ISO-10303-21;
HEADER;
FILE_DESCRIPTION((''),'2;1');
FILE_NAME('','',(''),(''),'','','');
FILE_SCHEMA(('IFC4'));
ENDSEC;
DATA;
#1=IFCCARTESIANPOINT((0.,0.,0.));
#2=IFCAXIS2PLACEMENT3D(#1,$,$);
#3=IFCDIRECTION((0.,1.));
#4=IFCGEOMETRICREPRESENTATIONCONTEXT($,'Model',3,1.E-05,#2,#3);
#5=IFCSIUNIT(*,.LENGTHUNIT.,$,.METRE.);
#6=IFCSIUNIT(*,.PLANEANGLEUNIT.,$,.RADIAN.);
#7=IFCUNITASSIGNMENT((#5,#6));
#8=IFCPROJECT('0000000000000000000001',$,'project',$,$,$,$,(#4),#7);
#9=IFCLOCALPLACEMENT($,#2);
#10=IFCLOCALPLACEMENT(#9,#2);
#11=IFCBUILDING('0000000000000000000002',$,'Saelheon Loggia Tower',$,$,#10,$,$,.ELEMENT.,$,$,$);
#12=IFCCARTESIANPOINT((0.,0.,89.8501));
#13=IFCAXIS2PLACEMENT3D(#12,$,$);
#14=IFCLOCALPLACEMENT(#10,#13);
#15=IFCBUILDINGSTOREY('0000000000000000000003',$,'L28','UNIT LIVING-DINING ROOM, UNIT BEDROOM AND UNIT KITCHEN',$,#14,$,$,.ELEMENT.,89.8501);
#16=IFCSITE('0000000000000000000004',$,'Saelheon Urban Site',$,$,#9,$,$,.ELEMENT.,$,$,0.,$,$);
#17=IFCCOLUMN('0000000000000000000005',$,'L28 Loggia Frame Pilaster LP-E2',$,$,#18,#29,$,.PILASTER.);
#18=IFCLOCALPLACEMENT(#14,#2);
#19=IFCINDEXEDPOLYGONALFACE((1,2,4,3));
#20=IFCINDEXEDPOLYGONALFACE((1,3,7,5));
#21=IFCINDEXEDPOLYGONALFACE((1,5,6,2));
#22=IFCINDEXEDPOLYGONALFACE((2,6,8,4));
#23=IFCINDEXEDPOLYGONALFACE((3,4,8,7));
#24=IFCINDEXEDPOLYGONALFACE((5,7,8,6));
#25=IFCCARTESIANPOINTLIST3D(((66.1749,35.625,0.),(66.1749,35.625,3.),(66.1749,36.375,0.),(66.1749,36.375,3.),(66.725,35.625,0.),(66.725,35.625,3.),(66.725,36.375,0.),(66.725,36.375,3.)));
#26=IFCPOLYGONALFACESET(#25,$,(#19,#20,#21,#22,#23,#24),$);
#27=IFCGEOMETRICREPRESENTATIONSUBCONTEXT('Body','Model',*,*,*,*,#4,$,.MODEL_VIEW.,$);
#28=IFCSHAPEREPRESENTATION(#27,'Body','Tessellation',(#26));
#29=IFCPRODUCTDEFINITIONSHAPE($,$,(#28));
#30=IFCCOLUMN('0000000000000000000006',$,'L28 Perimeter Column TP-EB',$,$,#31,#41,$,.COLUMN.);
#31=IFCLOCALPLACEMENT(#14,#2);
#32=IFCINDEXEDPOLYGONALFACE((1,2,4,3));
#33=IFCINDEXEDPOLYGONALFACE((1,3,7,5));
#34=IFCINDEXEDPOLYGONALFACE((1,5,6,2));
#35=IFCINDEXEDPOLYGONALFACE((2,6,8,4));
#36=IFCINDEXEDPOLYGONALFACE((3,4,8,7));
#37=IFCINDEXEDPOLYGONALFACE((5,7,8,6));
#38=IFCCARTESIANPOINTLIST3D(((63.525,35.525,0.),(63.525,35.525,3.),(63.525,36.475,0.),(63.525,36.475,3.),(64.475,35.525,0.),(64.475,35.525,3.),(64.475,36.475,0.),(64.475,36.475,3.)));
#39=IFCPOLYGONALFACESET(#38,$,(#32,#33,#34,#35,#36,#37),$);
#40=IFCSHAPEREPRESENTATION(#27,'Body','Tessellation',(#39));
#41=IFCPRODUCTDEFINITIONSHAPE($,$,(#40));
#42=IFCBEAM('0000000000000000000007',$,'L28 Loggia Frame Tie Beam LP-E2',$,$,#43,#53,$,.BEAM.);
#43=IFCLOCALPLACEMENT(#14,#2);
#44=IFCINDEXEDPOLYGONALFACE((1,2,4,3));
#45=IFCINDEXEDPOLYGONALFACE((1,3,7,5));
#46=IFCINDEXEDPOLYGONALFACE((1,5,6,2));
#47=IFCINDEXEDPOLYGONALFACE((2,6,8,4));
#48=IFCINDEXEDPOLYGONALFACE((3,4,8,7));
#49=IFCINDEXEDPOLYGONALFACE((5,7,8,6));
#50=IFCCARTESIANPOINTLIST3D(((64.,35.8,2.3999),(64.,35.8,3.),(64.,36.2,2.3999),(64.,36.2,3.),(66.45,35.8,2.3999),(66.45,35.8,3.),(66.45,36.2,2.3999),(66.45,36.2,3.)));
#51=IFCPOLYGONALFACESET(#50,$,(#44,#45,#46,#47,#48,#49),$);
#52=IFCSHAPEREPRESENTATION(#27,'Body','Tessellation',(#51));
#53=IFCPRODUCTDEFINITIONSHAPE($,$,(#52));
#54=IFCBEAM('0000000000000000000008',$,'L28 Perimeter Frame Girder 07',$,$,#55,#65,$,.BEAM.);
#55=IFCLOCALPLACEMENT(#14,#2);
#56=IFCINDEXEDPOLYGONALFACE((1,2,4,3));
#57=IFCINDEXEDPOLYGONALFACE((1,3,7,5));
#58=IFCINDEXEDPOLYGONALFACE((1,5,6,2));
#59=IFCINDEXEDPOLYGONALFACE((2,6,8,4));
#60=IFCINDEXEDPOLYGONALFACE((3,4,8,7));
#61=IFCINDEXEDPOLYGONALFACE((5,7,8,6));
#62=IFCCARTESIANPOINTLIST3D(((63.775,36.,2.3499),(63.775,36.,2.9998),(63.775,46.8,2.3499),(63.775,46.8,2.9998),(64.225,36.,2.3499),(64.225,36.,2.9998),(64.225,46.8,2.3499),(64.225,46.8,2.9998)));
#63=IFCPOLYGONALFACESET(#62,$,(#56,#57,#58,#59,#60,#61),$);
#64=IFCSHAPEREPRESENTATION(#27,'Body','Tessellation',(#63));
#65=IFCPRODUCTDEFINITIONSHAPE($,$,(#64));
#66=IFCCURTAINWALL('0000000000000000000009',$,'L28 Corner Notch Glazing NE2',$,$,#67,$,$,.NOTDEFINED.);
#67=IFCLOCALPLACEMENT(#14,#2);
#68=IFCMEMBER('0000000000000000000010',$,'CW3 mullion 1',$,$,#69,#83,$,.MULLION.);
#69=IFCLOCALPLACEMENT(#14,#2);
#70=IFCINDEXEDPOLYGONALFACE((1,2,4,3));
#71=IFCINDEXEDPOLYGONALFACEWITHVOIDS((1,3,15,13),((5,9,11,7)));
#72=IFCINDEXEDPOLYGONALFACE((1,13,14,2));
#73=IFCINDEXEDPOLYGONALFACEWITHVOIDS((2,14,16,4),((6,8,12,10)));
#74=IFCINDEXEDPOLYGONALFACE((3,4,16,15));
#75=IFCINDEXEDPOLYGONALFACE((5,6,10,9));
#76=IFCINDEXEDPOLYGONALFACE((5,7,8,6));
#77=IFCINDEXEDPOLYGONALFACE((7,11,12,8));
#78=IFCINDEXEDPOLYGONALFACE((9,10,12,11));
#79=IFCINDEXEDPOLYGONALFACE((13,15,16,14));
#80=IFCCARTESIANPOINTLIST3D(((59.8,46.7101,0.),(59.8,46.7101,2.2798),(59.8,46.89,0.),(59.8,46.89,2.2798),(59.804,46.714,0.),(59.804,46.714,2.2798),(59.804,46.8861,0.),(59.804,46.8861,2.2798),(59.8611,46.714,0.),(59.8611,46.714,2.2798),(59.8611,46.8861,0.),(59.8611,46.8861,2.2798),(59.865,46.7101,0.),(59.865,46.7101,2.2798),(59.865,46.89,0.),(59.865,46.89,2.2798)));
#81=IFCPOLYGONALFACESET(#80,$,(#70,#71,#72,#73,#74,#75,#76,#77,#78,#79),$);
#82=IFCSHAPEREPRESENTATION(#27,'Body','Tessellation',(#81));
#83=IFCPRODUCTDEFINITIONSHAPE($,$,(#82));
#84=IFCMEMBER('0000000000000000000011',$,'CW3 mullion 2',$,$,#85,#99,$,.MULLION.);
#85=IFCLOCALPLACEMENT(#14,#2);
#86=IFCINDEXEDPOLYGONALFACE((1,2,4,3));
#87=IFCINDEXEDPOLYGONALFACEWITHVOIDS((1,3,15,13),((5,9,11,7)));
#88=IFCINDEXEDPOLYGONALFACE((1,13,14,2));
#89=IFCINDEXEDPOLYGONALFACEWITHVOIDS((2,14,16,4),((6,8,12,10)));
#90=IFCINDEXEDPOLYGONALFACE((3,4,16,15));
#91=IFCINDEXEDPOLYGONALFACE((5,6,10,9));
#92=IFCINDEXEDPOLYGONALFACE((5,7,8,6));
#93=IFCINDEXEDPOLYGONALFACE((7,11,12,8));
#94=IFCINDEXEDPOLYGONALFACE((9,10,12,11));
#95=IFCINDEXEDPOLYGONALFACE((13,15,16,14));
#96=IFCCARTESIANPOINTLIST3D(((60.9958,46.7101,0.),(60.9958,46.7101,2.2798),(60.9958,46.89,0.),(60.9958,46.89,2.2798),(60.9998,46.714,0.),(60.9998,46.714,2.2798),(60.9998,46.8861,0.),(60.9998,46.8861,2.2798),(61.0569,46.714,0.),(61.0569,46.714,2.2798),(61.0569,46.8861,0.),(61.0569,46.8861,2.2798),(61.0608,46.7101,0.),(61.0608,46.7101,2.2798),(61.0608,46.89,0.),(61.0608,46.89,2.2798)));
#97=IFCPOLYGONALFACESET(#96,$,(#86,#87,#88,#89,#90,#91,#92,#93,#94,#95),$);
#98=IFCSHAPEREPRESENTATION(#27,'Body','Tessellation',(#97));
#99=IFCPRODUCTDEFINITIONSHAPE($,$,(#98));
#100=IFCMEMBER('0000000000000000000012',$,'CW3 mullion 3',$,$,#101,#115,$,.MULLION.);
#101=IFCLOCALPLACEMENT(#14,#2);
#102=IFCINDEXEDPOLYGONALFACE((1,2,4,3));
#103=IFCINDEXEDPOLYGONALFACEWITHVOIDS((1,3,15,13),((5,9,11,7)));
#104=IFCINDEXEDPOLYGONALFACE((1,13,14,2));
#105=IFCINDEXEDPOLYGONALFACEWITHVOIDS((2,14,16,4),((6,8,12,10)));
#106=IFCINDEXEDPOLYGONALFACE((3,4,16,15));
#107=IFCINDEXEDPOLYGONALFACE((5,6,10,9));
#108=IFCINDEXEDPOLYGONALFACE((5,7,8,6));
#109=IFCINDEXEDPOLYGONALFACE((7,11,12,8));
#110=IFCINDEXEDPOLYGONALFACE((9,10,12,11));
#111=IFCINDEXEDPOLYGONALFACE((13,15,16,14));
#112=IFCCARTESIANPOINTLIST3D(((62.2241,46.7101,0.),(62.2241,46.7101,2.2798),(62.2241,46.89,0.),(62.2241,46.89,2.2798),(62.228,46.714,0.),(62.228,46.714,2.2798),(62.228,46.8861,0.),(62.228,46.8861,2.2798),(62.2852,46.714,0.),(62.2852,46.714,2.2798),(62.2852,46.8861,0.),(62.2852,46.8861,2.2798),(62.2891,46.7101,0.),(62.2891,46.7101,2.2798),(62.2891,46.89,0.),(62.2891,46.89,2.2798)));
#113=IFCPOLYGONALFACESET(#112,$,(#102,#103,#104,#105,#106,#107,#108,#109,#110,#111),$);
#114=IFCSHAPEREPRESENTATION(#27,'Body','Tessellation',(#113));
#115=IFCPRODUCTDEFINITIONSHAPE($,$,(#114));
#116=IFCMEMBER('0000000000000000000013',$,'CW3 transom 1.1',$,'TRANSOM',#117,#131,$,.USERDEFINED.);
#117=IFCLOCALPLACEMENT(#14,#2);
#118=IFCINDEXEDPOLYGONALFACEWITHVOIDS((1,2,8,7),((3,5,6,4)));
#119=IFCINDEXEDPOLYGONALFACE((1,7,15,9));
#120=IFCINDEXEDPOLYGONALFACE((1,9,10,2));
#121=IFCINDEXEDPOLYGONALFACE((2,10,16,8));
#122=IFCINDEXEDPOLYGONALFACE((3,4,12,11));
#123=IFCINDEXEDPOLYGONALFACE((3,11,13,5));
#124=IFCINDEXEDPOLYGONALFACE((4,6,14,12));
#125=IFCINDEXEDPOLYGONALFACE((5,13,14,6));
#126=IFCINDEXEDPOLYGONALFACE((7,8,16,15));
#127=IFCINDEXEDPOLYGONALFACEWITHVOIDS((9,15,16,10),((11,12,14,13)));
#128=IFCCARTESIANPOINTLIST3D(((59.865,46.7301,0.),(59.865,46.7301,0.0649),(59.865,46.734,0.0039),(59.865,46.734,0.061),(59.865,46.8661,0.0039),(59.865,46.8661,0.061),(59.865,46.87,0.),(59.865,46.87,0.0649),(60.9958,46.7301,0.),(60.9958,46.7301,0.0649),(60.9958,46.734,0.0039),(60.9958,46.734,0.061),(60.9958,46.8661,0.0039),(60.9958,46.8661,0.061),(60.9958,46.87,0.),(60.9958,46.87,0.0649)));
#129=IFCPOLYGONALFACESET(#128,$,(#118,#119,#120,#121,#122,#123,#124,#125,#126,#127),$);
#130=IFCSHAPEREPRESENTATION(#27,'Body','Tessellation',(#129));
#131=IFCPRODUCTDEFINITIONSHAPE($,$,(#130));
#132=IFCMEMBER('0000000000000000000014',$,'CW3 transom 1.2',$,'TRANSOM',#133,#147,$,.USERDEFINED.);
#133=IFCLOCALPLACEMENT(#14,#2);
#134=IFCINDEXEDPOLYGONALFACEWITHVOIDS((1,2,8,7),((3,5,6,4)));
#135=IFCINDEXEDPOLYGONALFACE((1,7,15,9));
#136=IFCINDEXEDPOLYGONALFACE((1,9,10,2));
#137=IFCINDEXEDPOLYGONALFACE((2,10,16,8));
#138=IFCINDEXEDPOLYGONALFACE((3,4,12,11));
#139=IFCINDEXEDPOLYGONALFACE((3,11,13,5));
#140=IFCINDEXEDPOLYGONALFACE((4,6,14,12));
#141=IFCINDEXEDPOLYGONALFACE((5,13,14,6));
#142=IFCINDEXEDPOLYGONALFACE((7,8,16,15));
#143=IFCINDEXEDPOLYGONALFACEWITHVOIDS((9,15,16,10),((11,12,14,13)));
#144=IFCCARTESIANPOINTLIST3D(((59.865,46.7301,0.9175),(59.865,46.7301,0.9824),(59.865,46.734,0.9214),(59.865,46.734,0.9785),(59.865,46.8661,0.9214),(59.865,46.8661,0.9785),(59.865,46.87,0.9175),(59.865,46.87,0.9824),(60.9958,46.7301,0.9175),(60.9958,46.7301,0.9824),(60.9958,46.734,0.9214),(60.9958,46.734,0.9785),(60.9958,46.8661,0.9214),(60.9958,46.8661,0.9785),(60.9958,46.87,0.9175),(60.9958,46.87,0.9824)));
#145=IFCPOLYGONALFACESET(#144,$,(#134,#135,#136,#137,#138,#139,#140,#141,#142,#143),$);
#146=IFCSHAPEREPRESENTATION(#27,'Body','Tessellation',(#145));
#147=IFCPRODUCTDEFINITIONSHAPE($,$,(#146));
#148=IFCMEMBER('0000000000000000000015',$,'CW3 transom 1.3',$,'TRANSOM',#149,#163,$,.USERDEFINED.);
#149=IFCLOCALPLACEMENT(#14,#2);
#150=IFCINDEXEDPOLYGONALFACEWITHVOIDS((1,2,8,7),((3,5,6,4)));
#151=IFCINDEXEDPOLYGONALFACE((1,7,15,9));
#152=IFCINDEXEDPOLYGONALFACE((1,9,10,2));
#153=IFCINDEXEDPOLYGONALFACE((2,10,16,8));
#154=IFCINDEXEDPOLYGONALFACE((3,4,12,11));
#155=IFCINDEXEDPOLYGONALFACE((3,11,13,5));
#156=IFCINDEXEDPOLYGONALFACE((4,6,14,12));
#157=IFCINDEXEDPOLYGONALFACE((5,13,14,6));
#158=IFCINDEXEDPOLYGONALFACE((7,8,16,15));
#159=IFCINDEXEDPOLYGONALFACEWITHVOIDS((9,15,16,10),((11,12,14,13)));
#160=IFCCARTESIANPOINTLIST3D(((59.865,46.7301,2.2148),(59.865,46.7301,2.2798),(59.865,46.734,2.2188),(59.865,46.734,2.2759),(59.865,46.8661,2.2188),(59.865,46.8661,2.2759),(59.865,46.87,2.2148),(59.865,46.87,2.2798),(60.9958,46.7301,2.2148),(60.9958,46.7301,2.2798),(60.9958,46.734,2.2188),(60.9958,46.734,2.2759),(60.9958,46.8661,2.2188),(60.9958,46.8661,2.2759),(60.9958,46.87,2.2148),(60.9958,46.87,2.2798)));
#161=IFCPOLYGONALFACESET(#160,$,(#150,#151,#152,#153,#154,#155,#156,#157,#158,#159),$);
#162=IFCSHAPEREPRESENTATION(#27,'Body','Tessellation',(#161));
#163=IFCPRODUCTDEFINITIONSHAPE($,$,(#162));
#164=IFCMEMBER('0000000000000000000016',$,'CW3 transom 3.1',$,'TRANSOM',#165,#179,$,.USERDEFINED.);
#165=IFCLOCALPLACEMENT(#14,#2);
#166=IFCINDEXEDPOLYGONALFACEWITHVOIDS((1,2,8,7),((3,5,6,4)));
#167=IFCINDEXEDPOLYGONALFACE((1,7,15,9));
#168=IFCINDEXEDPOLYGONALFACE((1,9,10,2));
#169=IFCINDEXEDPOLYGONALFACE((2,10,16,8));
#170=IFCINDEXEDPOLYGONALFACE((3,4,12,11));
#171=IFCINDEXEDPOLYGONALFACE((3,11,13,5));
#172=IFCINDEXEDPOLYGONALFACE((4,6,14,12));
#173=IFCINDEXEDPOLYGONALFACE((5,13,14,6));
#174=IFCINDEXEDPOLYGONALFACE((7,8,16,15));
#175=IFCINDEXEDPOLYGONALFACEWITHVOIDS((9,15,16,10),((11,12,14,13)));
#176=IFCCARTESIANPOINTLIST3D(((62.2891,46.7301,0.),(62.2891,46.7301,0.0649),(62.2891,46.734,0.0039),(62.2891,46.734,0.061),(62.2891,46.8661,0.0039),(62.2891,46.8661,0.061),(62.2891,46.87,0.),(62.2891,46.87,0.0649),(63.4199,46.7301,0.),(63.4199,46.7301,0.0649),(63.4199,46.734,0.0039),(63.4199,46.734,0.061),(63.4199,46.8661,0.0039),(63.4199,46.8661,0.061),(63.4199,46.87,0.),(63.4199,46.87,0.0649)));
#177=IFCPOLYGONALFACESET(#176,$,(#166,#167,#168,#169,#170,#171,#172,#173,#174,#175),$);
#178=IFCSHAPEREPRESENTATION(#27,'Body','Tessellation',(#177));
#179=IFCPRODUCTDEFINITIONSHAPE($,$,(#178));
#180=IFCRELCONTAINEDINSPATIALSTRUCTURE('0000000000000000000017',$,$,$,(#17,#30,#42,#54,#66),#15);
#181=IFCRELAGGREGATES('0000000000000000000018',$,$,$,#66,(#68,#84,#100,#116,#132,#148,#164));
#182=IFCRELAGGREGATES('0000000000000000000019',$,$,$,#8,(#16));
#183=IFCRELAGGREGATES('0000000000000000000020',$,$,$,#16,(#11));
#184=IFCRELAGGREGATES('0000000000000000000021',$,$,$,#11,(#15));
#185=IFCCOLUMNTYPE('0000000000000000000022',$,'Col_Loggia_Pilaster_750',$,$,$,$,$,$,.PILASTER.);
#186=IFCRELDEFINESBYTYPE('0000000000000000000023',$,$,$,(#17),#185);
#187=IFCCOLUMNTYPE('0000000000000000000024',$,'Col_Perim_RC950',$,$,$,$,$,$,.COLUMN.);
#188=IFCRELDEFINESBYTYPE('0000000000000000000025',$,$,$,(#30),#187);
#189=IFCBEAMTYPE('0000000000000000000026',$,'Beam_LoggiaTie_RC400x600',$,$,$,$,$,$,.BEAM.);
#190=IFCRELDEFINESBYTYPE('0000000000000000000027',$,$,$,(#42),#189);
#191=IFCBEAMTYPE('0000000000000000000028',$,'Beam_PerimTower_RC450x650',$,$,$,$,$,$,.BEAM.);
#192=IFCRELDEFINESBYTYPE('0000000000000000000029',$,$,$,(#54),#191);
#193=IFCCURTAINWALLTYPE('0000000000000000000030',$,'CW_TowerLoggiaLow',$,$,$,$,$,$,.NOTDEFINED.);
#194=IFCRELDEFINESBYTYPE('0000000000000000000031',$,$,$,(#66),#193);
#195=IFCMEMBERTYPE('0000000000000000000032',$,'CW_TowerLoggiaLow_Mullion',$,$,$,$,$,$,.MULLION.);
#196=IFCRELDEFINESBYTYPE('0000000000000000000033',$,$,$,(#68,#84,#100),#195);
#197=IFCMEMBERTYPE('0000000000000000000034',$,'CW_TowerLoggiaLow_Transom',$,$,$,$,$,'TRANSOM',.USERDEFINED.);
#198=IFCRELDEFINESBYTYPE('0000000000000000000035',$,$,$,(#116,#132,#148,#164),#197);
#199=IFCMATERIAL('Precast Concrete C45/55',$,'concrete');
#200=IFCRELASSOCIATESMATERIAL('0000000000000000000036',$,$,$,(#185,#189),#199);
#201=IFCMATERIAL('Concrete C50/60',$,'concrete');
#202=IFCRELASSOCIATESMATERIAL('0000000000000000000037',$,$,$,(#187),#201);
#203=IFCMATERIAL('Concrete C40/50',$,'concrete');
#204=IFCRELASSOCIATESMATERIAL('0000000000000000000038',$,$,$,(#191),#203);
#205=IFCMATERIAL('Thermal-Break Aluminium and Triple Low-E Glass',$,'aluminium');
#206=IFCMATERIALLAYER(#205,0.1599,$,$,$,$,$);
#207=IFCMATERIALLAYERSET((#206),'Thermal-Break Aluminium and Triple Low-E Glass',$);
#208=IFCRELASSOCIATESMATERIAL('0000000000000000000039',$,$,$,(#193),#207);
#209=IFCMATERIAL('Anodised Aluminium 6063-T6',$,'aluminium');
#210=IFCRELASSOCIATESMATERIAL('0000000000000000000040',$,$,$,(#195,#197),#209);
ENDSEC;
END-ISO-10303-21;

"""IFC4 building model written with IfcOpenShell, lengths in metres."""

from ifc_helpers import new_model, si_unit, direction, frame, origin, origin_2d, place, context, subcontext, project, spatial, rectangle, hollow_rectangle, extrude, source, transform, mapped, material, layer, layer_set, material_profile, profile_set, type_object, element, aggregate, save


model = new_model("IFC4")

# Units and contexts
model_context = context("Model", 3, precision=1e-05, world=origin(), true_north=direction((0.0, 1.0)))
body_context = subcontext(model_context, "Body", "Model", "MODEL_VIEW")
ifc_project = project(units=[si_unit("LENGTHUNIT", "METRE"), si_unit("PLANEANGLEUNIT", "RADIAN")], contexts=[model_context])

# Site, building, storey
site_placement = place(None, origin())
site = spatial("IfcSite", under=ifc_project, at=site_placement, Name="Saelheon Urban Site", CompositionType="ELEMENT", RefElevation=0.0)
building_placement = place(site_placement, origin())
building = spatial("IfcBuilding", under=site, at=building_placement, Name="Saelheon Loggia Tower", CompositionType="ELEMENT")
storey_placement = place(building_placement, frame((0.0, 0.0, 89.8501)))
storey = spatial("IfcBuildingStorey", under=building, at=storey_placement, Name="L28", Description="UNIT LIVING-DINING ROOM, UNIT BEDROOM AND UNIT KITCHEN", CompositionType="ELEMENT", Elevation=89.8501)

# Columns
ifc_material_1 = material(Name="Precast Concrete C45/55", Category="concrete")
ifc_material_profile_1 = material_profile(ifc_material_1, rectangle(XDim=0.55, YDim=0.75, at=origin_2d()), Name="RC-550x750")
ifc_profile_set_1 = profile_set([ifc_material_profile_1], Name="Precast Concrete C45/55")
column_type_1 = type_object("IfcColumnType", Name="Col_Loggia_Pilaster_750", PredefinedType="PILASTER", material=ifc_profile_set_1)
shared_shape_1 = source(origin(), body_context, "Body", "SweptSolid", [
    extrude(rectangle(XDim=0.55, YDim=0.75, at=origin_2d()), origin(), (0.0, 0.0, 1.0), 3.0),
])
column_1_placement = place(storey_placement, frame((66.45, 36.0, 0.0), z_axis=(0.0, 0.0, 1.0), x_axis=(1.0, 0.0, 0.0)))
element("IfcColumn", 1, at=column_1_placement, inside=storey, type_object=column_type_1, Name="L28 Loggia Frame Pilaster LP-E2", PredefinedType="PILASTER", context=body_context, shape_type="MappedRepresentation", body=[
    mapped(shared_shape_1, transform((0.0, 0.0, 0.0), scale=1.0)),
])
ifc_material_2 = material(Name="Concrete C50/60", Category="concrete")
ifc_material_profile_2 = material_profile(ifc_material_2, rectangle(XDim=0.95, YDim=0.95, at=origin_2d()), Name="RC-950x950")
ifc_profile_set_2 = profile_set([ifc_material_profile_2], Name="Concrete C50/60")
column_type_2 = type_object("IfcColumnType", Name="Col_Perim_RC950", PredefinedType="COLUMN", material=ifc_profile_set_2)
shared_shape_2 = source(origin(), body_context, "Body", "SweptSolid", [
    extrude(rectangle(XDim=0.95, YDim=0.95, at=origin_2d()), origin(), (0.0, 0.0, 1.0), 3.0),
])
column_2_placement = place(storey_placement, frame((64.0, 36.0, 0.0), z_axis=(0.0, 0.0, 1.0), x_axis=(1.0, 0.0, 0.0)))
element("IfcColumn", 2, at=column_2_placement, inside=storey, type_object=column_type_2, Name="L28 Perimeter Column TP-EB", PredefinedType="COLUMN", context=body_context, shape_type="MappedRepresentation", body=[
    mapped(shared_shape_2, transform((0.0, 0.0, 0.0), scale=1.0)),
])

# Beams
ifc_material_profile_3 = material_profile(ifc_material_1, rectangle(XDim=0.3999, YDim=0.6001, at=origin_2d()), Name="RC-400x600")
ifc_profile_set_3 = profile_set([ifc_material_profile_3], Name="Precast Concrete C45/55")
beam_type_1 = type_object("IfcBeamType", Name="Beam_LoggiaTie_RC400x600", PredefinedType="BEAM", material=ifc_profile_set_3)
shared_shape_3 = source(origin(), body_context, "Body", "SweptSolid", [
    extrude(rectangle(XDim=0.3999, YDim=0.6001, at=origin_2d()), origin(), (0.0, 0.0, 1.0), 2.45),
])
beam_1_placement = place(storey_placement, frame((64.0, 36.0, 2.7), z_axis=(1.0, 0.0, 0.0), x_axis=(0.0, 1.0, 0.0)))
element("IfcBeam", 3, at=beam_1_placement, inside=storey, type_object=beam_type_1, Name="L28 Loggia Frame Tie Beam LP-E2", PredefinedType="BEAM", context=body_context, shape_type="MappedRepresentation", body=[
    mapped(shared_shape_3, transform((0.0, 0.0, 0.0), scale=1.0)),
])
ifc_material_3 = material(Name="Concrete C40/50", Category="concrete")
ifc_material_profile_4 = material_profile(ifc_material_3, rectangle(XDim=0.45, YDim=0.6499, at=origin_2d()), Name="RC-450x650")
ifc_profile_set_4 = profile_set([ifc_material_profile_4], Name="Concrete C40/50")
beam_type_2 = type_object("IfcBeamType", Name="Beam_PerimTower_RC450x650", PredefinedType="BEAM", material=ifc_profile_set_4)
shared_shape_4 = source(origin(), body_context, "Body", "SweptSolid", [
    extrude(rectangle(XDim=0.45, YDim=0.6499, at=origin_2d()), origin(), (0.0, 0.0, 1.0), 10.8),
])
beam_2_placement = place(storey_placement, frame((64.0, 36.0, 2.6748), z_axis=(0.0, 1.0, 0.0), x_axis=(-1.0, 0.0, 0.0)))
element("IfcBeam", 4, at=beam_2_placement, inside=storey, type_object=beam_type_2, Name="L28 Perimeter Frame Girder 07", PredefinedType="BEAM", context=body_context, shape_type="MappedRepresentation", body=[
    mapped(shared_shape_4, transform((0.0, 0.0, 0.0), scale=1.0)),
])

# Curtain wall, members
ifc_material_4 = material(Name="Thermal-Break Aluminium and Triple Low-E Glass", Category="aluminium")
ifc_layer_1 = layer(ifc_material_4, 0.1599)
ifc_layer_set_1 = layer_set([ifc_layer_1], Name="Thermal-Break Aluminium and Triple Low-E Glass")
curtain_wall_type = type_object("IfcCurtainWallType", Name="CW_TowerLoggiaLow", PredefinedType="NOTDEFINED", material=ifc_layer_set_1)
curtain_wall_placement = place(storey_placement, origin())
curtain_wall = element("IfcCurtainWall", 5, at=curtain_wall_placement, inside=storey, type_object=curtain_wall_type, Name="L28 Corner Notch Glazing NE2", PredefinedType="NOTDEFINED")
ifc_material_5 = material(Name="Anodised Aluminium 6063-T6", Category="aluminium")
ifc_material_profile_5 = material_profile(ifc_material_5, hollow_rectangle(XDim=0.0649, YDim=0.1799, WallThickness=0.0039, at=origin_2d()), Name="RHS-180x65x4")
ifc_profile_set_5 = profile_set([ifc_material_profile_5], Name="Anodised Aluminium 6063-T6")
member_type_1 = type_object("IfcMemberType", Name="CW_TowerLoggiaLow_Mullion", PredefinedType="MULLION", material=ifc_profile_set_5)
shared_shape_5 = source(origin(), body_context, "Body", "SweptSolid", [
    extrude(hollow_rectangle(XDim=0.0649, YDim=0.1799, WallThickness=0.0039, at=origin_2d()), origin(), (0.0, 0.0, 1.0), 2.2798),
])
member_1_placement = place(storey_placement, frame((59.8325, 46.8, 0.0), z_axis=(0.0, 0.0, 1.0), x_axis=(1.0, 0.0, 0.0)))
member_1 = element("IfcMember", 6, at=member_1_placement, type_object=member_type_1, Name="CW3 mullion 1", PredefinedType="MULLION", context=body_context, shape_type="MappedRepresentation", body=[
    mapped(shared_shape_5, transform((0.0, 0.0, 0.0), scale=1.0)),
])
member_2_placement = place(storey_placement, frame((61.0283, 46.8, 0.0), z_axis=(0.0, 0.0, 1.0), x_axis=(1.0, 0.0, 0.0)))
member_2 = element("IfcMember", 7, at=member_2_placement, type_object=member_type_1, Name="CW3 mullion 2", PredefinedType="MULLION", context=body_context, shape_type="MappedRepresentation", body=[
    mapped(shared_shape_5, transform((0.0, 0.0, 0.0), scale=1.0)),
])
member_3_placement = place(storey_placement, frame((62.2566, 46.8, 0.0), z_axis=(0.0, 0.0, 1.0), x_axis=(1.0, 0.0, 0.0)))
member_3 = element("IfcMember", 8, at=member_3_placement, type_object=member_type_1, Name="CW3 mullion 3", PredefinedType="MULLION", context=body_context, shape_type="MappedRepresentation", body=[
    mapped(shared_shape_5, transform((0.0, 0.0, 0.0), scale=1.0)),
])
ifc_material_profile_6 = material_profile(ifc_material_5, hollow_rectangle(XDim=0.0649, YDim=0.1399, WallThickness=0.0039, at=origin_2d()), Name="RHS-140x65x4")
ifc_profile_set_6 = profile_set([ifc_material_profile_6], Name="Anodised Aluminium 6063-T6")
member_type_2 = type_object("IfcMemberType", Name="CW_TowerLoggiaLow_Transom", ElementType="TRANSOM", PredefinedType="USERDEFINED", material=ifc_profile_set_6)
shared_shape_6 = source(origin(), body_context, "Body", "SweptSolid", [
    extrude(hollow_rectangle(XDim=0.0649, YDim=0.1399, WallThickness=0.0039, at=origin_2d()), origin(), (0.0, 0.0, 1.0), 1.1309),
])
member_4_placement = place(storey_placement, frame((59.865, 46.8, 0.0325), z_axis=(1.0, 0.0, 0.0), x_axis=(0.0, 0.0, 1.0)))
member_4 = element("IfcMember", 9, at=member_4_placement, type_object=member_type_2, Name="CW3 transom 1.1", ObjectType="TRANSOM", PredefinedType="USERDEFINED", context=body_context, shape_type="MappedRepresentation", body=[
    mapped(shared_shape_6, transform((0.0, 0.0, 0.0), scale=1.0)),
])
member_5_placement = place(storey_placement, frame((59.865, 46.8, 0.95), z_axis=(1.0, 0.0, 0.0), x_axis=(0.0, 0.0, 1.0)))
member_5 = element("IfcMember", 10, at=member_5_placement, type_object=member_type_2, Name="CW3 transom 1.2", ObjectType="TRANSOM", PredefinedType="USERDEFINED", context=body_context, shape_type="MappedRepresentation", body=[
    mapped(shared_shape_6, transform((0.0, 0.0, 0.0), scale=1.0)),
])
member_6_placement = place(storey_placement, frame((59.865, 46.8, 2.2473), z_axis=(1.0, 0.0, 0.0), x_axis=(0.0, 0.0, 1.0)))
member_6 = element("IfcMember", 11, at=member_6_placement, type_object=member_type_2, Name="CW3 transom 1.3", ObjectType="TRANSOM", PredefinedType="USERDEFINED", context=body_context, shape_type="MappedRepresentation", body=[
    mapped(shared_shape_6, transform((0.0, 0.0, 0.0), scale=1.0)),
])
member_7_placement = place(storey_placement, frame((62.2891, 46.8, 0.0325), z_axis=(1.0, 0.0, 0.0), x_axis=(0.0, 0.0, 1.0)))
member_7 = element("IfcMember", 12, at=member_7_placement, type_object=member_type_2, Name="CW3 transom 3.1", ObjectType="TRANSOM", PredefinedType="USERDEFINED", context=body_context, shape_type="MappedRepresentation", body=[
    mapped(shared_shape_6, transform((0.0, 0.0, 0.0), scale=1.0)),
])
aggregate(curtain_wall, [member_1, member_2, member_3, member_4, member_5, member_6, member_7])

save(model, "model.ifc")
